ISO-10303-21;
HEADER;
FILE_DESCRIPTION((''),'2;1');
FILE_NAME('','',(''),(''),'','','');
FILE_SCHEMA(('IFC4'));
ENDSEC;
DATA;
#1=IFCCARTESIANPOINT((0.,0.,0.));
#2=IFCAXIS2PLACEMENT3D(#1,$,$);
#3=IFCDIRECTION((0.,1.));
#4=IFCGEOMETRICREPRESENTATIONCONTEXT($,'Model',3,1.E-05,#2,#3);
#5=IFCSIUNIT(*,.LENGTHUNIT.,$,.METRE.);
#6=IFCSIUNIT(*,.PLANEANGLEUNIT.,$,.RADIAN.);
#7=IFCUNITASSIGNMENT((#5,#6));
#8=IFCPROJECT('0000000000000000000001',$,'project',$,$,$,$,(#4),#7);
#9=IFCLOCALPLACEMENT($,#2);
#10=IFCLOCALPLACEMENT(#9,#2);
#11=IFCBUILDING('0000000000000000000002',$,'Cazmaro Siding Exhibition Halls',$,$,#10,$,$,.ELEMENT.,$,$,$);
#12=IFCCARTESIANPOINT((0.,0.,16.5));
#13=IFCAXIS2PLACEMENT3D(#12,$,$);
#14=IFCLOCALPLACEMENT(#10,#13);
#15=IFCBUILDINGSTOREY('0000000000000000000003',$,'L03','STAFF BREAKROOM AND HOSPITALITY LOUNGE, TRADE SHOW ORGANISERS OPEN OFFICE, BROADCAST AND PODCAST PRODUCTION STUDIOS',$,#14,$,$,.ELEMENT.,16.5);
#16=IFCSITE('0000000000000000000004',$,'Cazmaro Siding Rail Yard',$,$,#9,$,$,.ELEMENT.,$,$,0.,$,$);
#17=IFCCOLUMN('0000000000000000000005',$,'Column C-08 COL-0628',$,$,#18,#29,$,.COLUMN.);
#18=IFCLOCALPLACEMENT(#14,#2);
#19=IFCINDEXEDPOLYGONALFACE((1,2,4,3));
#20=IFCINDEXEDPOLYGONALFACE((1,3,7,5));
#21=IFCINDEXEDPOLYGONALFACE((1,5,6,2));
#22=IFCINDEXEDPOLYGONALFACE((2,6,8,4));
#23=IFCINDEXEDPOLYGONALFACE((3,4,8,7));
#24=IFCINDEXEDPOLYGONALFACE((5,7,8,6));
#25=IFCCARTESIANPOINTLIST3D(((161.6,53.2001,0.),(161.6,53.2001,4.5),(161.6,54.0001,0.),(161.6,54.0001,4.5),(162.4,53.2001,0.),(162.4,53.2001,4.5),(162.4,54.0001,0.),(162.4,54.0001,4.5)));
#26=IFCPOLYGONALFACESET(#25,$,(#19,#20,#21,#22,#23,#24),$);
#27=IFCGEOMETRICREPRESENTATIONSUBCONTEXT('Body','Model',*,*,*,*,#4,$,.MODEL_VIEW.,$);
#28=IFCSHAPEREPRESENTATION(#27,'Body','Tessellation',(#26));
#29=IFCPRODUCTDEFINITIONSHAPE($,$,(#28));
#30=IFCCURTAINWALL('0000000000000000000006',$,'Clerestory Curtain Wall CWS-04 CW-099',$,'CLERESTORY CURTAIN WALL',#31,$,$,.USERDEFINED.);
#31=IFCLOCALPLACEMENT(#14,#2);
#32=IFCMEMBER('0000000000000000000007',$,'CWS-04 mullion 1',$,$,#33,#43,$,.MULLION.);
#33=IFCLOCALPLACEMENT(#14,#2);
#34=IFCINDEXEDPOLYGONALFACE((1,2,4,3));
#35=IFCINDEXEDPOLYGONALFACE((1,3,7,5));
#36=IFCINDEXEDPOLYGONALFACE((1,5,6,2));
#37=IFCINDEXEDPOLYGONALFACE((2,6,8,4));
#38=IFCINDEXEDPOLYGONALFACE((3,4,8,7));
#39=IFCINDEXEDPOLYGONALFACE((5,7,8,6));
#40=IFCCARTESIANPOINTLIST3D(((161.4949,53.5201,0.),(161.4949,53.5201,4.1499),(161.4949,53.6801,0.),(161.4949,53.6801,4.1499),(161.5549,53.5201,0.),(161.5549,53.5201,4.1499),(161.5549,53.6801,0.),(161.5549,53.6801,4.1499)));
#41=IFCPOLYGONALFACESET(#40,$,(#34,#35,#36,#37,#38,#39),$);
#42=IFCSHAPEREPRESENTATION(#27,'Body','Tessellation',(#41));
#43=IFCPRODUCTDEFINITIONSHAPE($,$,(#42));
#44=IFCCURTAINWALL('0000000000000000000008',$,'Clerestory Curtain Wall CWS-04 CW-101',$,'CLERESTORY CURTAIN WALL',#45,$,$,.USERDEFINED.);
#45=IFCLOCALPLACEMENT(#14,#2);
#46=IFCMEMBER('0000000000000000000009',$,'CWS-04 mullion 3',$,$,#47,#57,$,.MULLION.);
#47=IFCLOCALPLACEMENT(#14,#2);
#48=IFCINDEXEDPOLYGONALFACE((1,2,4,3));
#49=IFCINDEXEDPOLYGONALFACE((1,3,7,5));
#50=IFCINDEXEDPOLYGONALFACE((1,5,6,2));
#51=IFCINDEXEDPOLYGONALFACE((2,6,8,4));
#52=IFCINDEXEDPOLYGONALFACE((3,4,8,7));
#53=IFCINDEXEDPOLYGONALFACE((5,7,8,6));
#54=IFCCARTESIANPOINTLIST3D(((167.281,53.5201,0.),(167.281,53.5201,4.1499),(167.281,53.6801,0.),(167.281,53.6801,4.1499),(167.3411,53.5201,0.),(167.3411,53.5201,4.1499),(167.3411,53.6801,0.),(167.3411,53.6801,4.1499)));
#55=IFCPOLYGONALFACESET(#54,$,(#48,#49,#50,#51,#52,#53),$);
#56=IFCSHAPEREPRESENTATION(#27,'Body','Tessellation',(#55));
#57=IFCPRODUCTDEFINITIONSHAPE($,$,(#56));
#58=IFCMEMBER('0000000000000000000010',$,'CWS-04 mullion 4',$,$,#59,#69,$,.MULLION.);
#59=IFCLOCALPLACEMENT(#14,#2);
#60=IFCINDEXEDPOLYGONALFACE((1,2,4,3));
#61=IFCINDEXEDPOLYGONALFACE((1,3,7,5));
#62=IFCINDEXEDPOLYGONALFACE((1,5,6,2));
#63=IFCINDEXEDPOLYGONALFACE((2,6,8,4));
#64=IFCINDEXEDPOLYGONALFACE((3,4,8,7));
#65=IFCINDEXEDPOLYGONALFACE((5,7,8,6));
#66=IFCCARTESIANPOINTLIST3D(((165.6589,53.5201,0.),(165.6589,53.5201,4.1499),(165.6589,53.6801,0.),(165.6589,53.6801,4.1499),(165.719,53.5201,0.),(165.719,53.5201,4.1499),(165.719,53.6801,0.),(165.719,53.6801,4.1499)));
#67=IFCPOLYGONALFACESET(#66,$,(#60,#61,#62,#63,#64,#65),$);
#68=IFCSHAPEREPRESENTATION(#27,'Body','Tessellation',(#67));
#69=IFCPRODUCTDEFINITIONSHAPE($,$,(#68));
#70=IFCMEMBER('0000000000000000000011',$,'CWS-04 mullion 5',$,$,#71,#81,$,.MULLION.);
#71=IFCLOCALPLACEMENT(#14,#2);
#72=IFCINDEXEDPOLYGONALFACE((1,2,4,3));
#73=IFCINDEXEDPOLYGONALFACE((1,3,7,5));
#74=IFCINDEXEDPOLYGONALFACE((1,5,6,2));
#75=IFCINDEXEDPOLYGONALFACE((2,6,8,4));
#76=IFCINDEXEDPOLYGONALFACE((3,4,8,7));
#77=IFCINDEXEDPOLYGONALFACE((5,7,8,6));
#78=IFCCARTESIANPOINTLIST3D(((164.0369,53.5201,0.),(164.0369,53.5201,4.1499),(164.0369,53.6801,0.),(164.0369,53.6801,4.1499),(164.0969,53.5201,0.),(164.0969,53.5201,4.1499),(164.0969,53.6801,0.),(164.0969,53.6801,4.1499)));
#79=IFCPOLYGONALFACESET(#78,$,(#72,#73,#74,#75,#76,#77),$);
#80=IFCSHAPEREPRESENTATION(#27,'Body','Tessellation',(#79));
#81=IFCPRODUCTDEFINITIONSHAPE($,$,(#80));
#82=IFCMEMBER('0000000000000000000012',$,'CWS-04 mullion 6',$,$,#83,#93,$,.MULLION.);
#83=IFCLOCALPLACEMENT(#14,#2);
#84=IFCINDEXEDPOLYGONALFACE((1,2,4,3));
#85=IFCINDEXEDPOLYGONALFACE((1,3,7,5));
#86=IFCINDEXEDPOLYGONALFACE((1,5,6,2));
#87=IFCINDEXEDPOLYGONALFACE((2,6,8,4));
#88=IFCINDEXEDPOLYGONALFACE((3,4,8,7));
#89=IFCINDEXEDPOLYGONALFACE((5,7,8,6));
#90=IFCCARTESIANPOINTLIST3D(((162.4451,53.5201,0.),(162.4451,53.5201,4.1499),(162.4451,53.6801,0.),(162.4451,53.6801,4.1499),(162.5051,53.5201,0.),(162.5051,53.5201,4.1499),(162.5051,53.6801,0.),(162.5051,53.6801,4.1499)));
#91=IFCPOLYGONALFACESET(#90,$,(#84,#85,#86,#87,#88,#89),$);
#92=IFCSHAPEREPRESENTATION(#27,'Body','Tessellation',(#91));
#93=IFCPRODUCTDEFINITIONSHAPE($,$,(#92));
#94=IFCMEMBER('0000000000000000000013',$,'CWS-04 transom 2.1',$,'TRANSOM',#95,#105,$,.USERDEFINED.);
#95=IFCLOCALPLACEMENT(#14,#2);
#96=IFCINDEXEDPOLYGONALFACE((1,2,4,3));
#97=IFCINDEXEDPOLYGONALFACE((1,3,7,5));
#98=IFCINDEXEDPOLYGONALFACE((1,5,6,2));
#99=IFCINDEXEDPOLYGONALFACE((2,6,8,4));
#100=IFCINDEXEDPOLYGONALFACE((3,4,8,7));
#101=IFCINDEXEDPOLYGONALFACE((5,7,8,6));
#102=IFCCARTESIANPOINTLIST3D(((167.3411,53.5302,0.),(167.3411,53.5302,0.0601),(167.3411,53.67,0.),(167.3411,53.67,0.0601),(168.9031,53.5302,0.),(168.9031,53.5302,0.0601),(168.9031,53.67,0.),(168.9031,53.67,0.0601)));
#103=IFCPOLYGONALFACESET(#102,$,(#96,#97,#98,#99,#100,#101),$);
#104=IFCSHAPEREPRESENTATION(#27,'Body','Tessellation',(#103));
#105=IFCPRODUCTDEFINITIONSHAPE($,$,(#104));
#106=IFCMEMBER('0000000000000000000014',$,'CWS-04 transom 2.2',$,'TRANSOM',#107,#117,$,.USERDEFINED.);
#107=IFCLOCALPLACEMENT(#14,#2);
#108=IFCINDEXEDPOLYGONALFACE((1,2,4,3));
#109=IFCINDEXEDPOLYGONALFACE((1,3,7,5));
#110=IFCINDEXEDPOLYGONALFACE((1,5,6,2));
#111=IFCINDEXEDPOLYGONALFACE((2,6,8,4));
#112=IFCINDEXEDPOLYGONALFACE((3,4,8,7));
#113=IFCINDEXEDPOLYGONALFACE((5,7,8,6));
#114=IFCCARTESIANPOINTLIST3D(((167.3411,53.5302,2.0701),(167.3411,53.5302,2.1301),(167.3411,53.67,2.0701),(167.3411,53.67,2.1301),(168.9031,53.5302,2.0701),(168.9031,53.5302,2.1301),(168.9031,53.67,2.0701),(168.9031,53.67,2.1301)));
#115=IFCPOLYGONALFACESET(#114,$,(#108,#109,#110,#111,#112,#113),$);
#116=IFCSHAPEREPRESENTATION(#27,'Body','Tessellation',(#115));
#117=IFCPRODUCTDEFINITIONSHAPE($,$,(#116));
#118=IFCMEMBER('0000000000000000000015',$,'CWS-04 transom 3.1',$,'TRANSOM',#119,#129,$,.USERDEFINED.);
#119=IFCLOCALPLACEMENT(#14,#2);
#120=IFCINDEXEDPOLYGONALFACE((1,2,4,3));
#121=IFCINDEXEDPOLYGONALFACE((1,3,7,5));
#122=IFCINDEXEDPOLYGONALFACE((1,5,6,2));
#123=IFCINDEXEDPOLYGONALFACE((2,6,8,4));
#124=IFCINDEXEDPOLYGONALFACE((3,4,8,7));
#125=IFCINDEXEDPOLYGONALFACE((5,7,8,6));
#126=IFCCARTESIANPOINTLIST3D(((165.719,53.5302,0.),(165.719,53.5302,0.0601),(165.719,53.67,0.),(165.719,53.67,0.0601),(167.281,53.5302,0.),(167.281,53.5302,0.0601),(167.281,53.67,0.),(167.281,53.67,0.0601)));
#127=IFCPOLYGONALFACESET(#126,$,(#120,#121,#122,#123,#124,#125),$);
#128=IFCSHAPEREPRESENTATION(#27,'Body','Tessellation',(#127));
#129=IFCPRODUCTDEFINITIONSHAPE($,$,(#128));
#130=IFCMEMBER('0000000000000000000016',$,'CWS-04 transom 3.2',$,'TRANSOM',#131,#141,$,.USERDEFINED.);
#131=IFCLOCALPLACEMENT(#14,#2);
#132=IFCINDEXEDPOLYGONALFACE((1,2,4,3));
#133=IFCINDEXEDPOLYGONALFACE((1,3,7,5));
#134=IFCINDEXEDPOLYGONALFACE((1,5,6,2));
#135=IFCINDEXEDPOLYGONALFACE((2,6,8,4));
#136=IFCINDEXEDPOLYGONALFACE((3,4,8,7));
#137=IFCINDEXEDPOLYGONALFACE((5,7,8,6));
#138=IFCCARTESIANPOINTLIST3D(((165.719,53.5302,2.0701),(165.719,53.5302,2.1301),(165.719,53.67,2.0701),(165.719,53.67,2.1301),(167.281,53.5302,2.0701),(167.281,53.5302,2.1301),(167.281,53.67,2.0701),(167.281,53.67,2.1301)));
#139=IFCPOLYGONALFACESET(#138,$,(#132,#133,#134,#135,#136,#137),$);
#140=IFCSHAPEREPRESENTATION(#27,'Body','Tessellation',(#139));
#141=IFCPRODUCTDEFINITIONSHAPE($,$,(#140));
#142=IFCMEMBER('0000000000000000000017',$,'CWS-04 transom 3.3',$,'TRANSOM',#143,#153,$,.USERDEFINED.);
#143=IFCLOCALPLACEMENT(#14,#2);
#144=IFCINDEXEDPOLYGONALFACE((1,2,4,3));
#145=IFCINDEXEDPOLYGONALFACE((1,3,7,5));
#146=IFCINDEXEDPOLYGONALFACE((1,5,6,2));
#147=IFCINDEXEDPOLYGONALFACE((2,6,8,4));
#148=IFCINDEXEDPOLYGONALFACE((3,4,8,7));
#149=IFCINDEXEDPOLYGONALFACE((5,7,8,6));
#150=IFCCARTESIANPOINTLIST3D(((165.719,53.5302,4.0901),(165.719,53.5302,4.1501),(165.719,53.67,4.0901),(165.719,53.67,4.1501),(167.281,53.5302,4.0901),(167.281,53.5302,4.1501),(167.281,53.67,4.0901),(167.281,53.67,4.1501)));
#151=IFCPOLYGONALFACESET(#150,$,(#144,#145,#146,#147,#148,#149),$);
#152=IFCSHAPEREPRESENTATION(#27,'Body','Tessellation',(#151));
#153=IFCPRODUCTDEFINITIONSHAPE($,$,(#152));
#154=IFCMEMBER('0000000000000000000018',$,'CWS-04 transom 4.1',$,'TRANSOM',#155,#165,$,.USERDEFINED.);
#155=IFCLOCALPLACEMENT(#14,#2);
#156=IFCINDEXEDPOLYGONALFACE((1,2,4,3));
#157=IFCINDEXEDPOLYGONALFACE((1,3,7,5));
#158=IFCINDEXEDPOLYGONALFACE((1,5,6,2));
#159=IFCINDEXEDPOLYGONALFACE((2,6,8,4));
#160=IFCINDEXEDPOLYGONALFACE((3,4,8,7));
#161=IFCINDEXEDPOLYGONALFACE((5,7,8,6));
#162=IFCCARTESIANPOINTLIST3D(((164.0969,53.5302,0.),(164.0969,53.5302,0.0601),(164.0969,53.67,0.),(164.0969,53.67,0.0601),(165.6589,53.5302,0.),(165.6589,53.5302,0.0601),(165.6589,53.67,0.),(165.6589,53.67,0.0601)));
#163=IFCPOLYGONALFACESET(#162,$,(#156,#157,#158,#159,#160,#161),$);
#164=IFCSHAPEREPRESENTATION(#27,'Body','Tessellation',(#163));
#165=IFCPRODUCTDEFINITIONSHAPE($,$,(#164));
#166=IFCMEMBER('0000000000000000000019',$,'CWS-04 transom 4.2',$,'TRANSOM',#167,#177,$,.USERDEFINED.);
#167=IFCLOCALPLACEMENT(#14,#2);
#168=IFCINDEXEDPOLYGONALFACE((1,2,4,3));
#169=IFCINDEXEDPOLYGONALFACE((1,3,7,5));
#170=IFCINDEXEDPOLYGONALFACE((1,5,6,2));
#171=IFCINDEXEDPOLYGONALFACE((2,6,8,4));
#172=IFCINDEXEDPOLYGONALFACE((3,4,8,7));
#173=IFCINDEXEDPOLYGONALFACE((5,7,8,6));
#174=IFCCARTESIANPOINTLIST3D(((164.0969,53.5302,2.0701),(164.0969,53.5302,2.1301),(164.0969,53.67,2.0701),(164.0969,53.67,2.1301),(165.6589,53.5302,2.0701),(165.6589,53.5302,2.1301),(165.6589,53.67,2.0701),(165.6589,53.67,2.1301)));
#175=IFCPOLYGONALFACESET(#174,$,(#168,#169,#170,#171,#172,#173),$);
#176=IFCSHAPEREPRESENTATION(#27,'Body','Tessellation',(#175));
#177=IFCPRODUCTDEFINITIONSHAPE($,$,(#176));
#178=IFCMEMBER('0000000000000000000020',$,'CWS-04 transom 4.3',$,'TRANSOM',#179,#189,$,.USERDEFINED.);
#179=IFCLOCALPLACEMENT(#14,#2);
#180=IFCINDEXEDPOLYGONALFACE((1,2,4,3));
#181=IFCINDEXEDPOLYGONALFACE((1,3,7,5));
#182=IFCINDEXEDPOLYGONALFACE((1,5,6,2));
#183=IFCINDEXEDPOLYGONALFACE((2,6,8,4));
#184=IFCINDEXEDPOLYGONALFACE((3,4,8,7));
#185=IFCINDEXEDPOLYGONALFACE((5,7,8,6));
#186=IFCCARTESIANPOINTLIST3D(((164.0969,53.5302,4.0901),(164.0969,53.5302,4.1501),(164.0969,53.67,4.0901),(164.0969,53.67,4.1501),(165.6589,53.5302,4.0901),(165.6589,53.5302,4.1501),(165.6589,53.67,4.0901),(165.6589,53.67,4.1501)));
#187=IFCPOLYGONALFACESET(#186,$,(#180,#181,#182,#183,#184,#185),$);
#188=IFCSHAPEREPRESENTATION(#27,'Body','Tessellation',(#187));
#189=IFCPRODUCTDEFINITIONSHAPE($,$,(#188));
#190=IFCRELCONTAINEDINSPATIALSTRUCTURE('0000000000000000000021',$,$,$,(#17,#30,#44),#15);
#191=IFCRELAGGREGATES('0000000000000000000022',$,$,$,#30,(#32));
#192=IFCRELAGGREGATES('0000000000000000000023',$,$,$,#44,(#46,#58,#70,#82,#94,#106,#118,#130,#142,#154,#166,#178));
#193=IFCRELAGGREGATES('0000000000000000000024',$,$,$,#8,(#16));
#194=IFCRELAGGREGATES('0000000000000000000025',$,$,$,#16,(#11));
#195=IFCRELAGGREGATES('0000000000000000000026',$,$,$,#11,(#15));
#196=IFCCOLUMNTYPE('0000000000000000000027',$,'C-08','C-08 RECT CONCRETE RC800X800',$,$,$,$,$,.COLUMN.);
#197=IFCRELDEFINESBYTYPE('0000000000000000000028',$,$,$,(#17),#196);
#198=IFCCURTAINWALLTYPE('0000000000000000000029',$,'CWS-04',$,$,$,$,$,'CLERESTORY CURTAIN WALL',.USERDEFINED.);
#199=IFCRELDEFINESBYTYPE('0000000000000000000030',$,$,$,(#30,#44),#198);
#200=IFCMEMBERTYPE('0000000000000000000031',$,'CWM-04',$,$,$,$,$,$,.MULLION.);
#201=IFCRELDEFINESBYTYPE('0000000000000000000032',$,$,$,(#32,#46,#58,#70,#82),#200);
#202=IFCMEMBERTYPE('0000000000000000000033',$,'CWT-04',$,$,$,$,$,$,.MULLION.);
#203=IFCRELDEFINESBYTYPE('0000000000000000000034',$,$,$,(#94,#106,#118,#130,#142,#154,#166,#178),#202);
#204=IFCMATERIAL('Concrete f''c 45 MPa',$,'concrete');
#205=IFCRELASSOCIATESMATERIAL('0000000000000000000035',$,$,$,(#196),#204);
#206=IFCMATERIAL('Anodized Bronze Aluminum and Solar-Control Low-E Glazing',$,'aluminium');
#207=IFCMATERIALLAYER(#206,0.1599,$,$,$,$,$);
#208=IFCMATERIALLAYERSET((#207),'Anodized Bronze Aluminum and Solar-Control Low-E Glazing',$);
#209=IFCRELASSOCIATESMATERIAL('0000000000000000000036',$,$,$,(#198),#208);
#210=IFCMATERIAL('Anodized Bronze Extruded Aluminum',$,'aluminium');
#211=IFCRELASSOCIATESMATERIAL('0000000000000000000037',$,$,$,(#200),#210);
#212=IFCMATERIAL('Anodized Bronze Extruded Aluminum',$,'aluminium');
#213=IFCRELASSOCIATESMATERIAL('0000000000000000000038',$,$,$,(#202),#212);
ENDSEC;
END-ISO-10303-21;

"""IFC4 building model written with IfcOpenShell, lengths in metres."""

from ifc_helpers import new_model, si_unit, direction, frame, origin, origin_2d, place, context, subcontext, project, spatial, rectangle, extrude, material, layer, layer_set, material_profile, profile_set, type_object, element, aggregate, save


model = new_model("IFC4")

# Units and contexts
model_context = context("Model", 3, precision=1e-05, world=origin(), true_north=direction((0.0, 1.0)))
body_context = subcontext(model_context, "Body", "Model", "MODEL_VIEW")
ifc_project = project(units=[si_unit("LENGTHUNIT", "METRE"), si_unit("PLANEANGLEUNIT", "RADIAN")], contexts=[model_context])

# Site, building, storey
site_placement = place(None, origin())
site = spatial("IfcSite", under=ifc_project, at=site_placement, Name="Cazmaro Siding Rail Yard", CompositionType="ELEMENT", RefElevation=0.0)
building_placement = place(site_placement, origin())
building = spatial("IfcBuilding", under=site, at=building_placement, Name="Cazmaro Siding Exhibition Halls", CompositionType="ELEMENT")
storey_placement = place(building_placement, frame((0.0, 0.0, 16.5)))
storey = spatial("IfcBuildingStorey", under=building, at=storey_placement, Name="L03", Description="STAFF BREAKROOM AND HOSPITALITY LOUNGE, TRADE SHOW ORGANISERS OPEN OFFICE, BROADCAST AND PODCAST PRODUCTION STUDIOS", CompositionType="ELEMENT", Elevation=16.5)

# Column
ifc_material_1 = material(Name="Concrete f'c 45 MPa", Category="concrete")
ifc_material_profile_1 = material_profile(ifc_material_1, rectangle(XDim=0.8, YDim=0.8, at=origin_2d()), Name="RC800X800")
ifc_profile_set_1 = profile_set([ifc_material_profile_1], Name="Concrete f'c 45 MPa")
column_type = type_object("IfcColumnType", Name="C-08", Description="C-08 RECT CONCRETE RC800X800", PredefinedType="COLUMN", material=ifc_profile_set_1)
column_placement = place(storey_placement, frame((162.0, 53.6001, 0.0), z_axis=(0.0, 0.0, 1.0), x_axis=(1.0, 0.0, 0.0)))
element("IfcColumn", 1, at=column_placement, inside=storey, type_object=column_type, Name="Column C-08 COL-0628", PredefinedType="COLUMN", context=body_context, shape_type="SweptSolid", body=[
    extrude(rectangle(XDim=0.8, YDim=0.8, at=origin_2d()), origin(), (0.0, 0.0, 1.0), 4.5),
])

# Curtain wall, member
ifc_material_2 = material(Name="Anodized Bronze Aluminum and Solar-Control Low-E Glazing", Category="aluminium")
ifc_layer_1 = layer(ifc_material_2, 0.1599)
ifc_layer_set_1 = layer_set([ifc_layer_1], Name="Anodized Bronze Aluminum and Solar-Control Low-E Glazing")
curtain_wall_type = type_object("IfcCurtainWallType", Name="CWS-04", ElementType="CLERESTORY CURTAIN WALL", PredefinedType="USERDEFINED", material=ifc_layer_set_1)
curtain_wall_1_placement = place(storey_placement, origin())
curtain_wall_1 = element("IfcCurtainWall", 2, at=curtain_wall_1_placement, inside=storey, type_object=curtain_wall_type, Name="Clerestory Curtain Wall CWS-04 CW-099", ObjectType="CLERESTORY CURTAIN WALL", PredefinedType="USERDEFINED")
ifc_material_3 = material(Name="Anodized Bronze Extruded Aluminum", Category="aluminium")
ifc_material_profile_2 = material_profile(ifc_material_3, rectangle(XDim=0.1599, YDim=0.0601, at=origin_2d()), Name="CWM-04")
ifc_profile_set_2 = profile_set([ifc_material_profile_2], Name="Anodized Bronze Extruded Aluminum")
member_type_1 = type_object("IfcMemberType", Name="CWM-04", PredefinedType="MULLION", material=ifc_profile_set_2)
member_1_placement = place(storey_placement, frame((161.5249, 53.6001, 0.0), z_axis=(0.0, 0.0, 1.0), x_axis=(0.0, -1.0, 0.0)))
member_1 = element("IfcMember", 3, at=member_1_placement, type_object=member_type_1, Name="CWS-04 mullion 1", PredefinedType="MULLION", context=body_context, shape_type="SweptSolid", body=[
    extrude(rectangle(XDim=0.1599, YDim=0.0601, at=origin_2d()), origin(), (0.0, 0.0, 1.0), 4.1499),
])
aggregate(curtain_wall_1, [member_1])

# Curtain wall, members
curtain_wall_2_placement = place(storey_placement, origin())
curtain_wall_2 = element("IfcCurtainWall", 4, at=curtain_wall_2_placement, inside=storey, type_object=curtain_wall_type, Name="Clerestory Curtain Wall CWS-04 CW-101", ObjectType="CLERESTORY CURTAIN WALL", PredefinedType="USERDEFINED")
member_2_placement = place(storey_placement, frame((167.311, 53.6001, 0.0), z_axis=(0.0, 0.0, 1.0), x_axis=(0.0, -1.0, 0.0)))
member_2 = element("IfcMember", 5, at=member_2_placement, type_object=member_type_1, Name="CWS-04 mullion 3", PredefinedType="MULLION", context=body_context, shape_type="SweptSolid", body=[
    extrude(rectangle(XDim=0.1599, YDim=0.0601, at=origin_2d()), origin(), (0.0, 0.0, 1.0), 4.1499),
])
member_3_placement = place(storey_placement, frame((165.689, 53.6001, 0.0), z_axis=(0.0, 0.0, 1.0), x_axis=(0.0, -1.0, 0.0)))
member_3 = element("IfcMember", 6, at=member_3_placement, type_object=member_type_1, Name="CWS-04 mullion 4", PredefinedType="MULLION", context=body_context, shape_type="SweptSolid", body=[
    extrude(rectangle(XDim=0.1599, YDim=0.0601, at=origin_2d()), origin(), (0.0, 0.0, 1.0), 4.1499),
])
member_4_placement = place(storey_placement, frame((164.0669, 53.6001, 0.0), z_axis=(0.0, 0.0, 1.0), x_axis=(0.0, -1.0, 0.0)))
member_4 = element("IfcMember", 7, at=member_4_placement, type_object=member_type_1, Name="CWS-04 mullion 5", PredefinedType="MULLION", context=body_context, shape_type="SweptSolid", body=[
    extrude(rectangle(XDim=0.1599, YDim=0.0601, at=origin_2d()), origin(), (0.0, 0.0, 1.0), 4.1499),
])
member_5_placement = place(storey_placement, frame((162.4751, 53.6001, 0.0), z_axis=(0.0, 0.0, 1.0), x_axis=(0.0, -1.0, 0.0)))
member_5 = element("IfcMember", 8, at=member_5_placement, type_object=member_type_1, Name="CWS-04 mullion 6", PredefinedType="MULLION", context=body_context, shape_type="SweptSolid", body=[
    extrude(rectangle(XDim=0.1599, YDim=0.0601, at=origin_2d()), origin(), (0.0, 0.0, 1.0), 4.1499),
])
ifc_material_4 = material(Name="Anodized Bronze Extruded Aluminum", Category="aluminium")
ifc_material_profile_3 = material_profile(ifc_material_4, rectangle(XDim=0.1399, YDim=0.0601, at=origin_2d()), Name="CWT-04")
ifc_profile_set_3 = profile_set([ifc_material_profile_3], Name="Anodized Bronze Extruded Aluminum")
member_type_2 = type_object("IfcMemberType", Name="CWT-04", PredefinedType="MULLION", material=ifc_profile_set_3)
member_6_placement = place(storey_placement, frame((168.9031, 53.6001, 0.03), z_axis=(-1.0, 0.0, 0.0), x_axis=(0.0, -1.0, 0.0)))
member_6 = element("IfcMember", 9, at=member_6_placement, type_object=member_type_2, Name="CWS-04 transom 2.1", ObjectType="TRANSOM", PredefinedType="USERDEFINED", context=body_context, shape_type="SweptSolid", body=[
    extrude(rectangle(XDim=0.1399, YDim=0.0601, at=origin_2d()), origin(), (0.0, 0.0, 1.0), 1.562),
])
member_7_placement = place(storey_placement, frame((168.9031, 53.6001, 2.1001), z_axis=(-1.0, 0.0, 0.0), x_axis=(0.0, -1.0, 0.0)))
member_7 = element("IfcMember", 10, at=member_7_placement, type_object=member_type_2, Name="CWS-04 transom 2.2", ObjectType="TRANSOM", PredefinedType="USERDEFINED", context=body_context, shape_type="SweptSolid", body=[
    extrude(rectangle(XDim=0.1399, YDim=0.0601, at=origin_2d()), origin(), (0.0, 0.0, 1.0), 1.562),
])
member_8_placement = place(storey_placement, frame((167.281, 53.6001, 0.03), z_axis=(-1.0, 0.0, 0.0), x_axis=(0.0, -1.0, 0.0)))
member_8 = element("IfcMember", 11, at=member_8_placement, type_object=member_type_2, Name="CWS-04 transom 3.1", ObjectType="TRANSOM", PredefinedType="USERDEFINED", context=body_context, shape_type="SweptSolid", body=[
    extrude(rectangle(XDim=0.1399, YDim=0.0601, at=origin_2d()), origin(), (0.0, 0.0, 1.0), 1.562),
])
member_9_placement = place(storey_placement, frame((167.281, 53.6001, 2.1001), z_axis=(-1.0, 0.0, 0.0), x_axis=(0.0, -1.0, 0.0)))
member_9 = element("IfcMember", 12, at=member_9_placement, type_object=member_type_2, Name="CWS-04 transom 3.2", ObjectType="TRANSOM", PredefinedType="USERDEFINED", context=body_context, shape_type="SweptSolid", body=[
    extrude(rectangle(XDim=0.1399, YDim=0.0601, at=origin_2d()), origin(), (0.0, 0.0, 1.0), 1.562),
])
member_10_placement = place(storey_placement, frame((167.281, 53.6001, 4.1201), z_axis=(-1.0, 0.0, 0.0), x_axis=(0.0, -1.0, 0.0)))
member_10 = element("IfcMember", 13, at=member_10_placement, type_object=member_type_2, Name="CWS-04 transom 3.3", ObjectType="TRANSOM", PredefinedType="USERDEFINED", context=body_context, shape_type="SweptSolid", body=[
    extrude(rectangle(XDim=0.1399, YDim=0.0601, at=origin_2d()), origin(), (0.0, 0.0, 1.0), 1.562),
])
member_11_placement = place(storey_placement, frame((165.6589, 53.6001, 0.03), z_axis=(-1.0, 0.0, 0.0), x_axis=(0.0, -1.0, 0.0)))
member_11 = element("IfcMember", 14, at=member_11_placement, type_object=member_type_2, Name="CWS-04 transom 4.1", ObjectType="TRANSOM", PredefinedType="USERDEFINED", context=body_context, shape_type="SweptSolid", body=[
    extrude(rectangle(XDim=0.1399, YDim=0.0601, at=origin_2d()), origin(), (0.0, 0.0, 1.0), 1.562),
])
member_12_placement = place(storey_placement, frame((165.6589, 53.6001, 2.1001), z_axis=(-1.0, 0.0, 0.0), x_axis=(0.0, -1.0, 0.0)))
member_12 = element("IfcMember", 15, at=member_12_placement, type_object=member_type_2, Name="CWS-04 transom 4.2", ObjectType="TRANSOM", PredefinedType="USERDEFINED", context=body_context, shape_type="SweptSolid", body=[
    extrude(rectangle(XDim=0.1399, YDim=0.0601, at=origin_2d()), origin(), (0.0, 0.0, 1.0), 1.562),
])
member_13_placement = place(storey_placement, frame((165.6589, 53.6001, 4.1201), z_axis=(-1.0, 0.0, 0.0), x_axis=(0.0, -1.0, 0.0)))
member_13 = element("IfcMember", 16, at=member_13_placement, type_object=member_type_2, Name="CWS-04 transom 4.3", ObjectType="TRANSOM", PredefinedType="USERDEFINED", context=body_context, shape_type="SweptSolid", body=[
    extrude(rectangle(XDim=0.1399, YDim=0.0601, at=origin_2d()), origin(), (0.0, 0.0, 1.0), 1.562),
])

aggregate(curtain_wall_2, [member_2, member_3, member_4, member_5, member_6, member_7, member_8, member_9, member_10, member_11, member_12, member_13])

save(model, "model.ifc")
